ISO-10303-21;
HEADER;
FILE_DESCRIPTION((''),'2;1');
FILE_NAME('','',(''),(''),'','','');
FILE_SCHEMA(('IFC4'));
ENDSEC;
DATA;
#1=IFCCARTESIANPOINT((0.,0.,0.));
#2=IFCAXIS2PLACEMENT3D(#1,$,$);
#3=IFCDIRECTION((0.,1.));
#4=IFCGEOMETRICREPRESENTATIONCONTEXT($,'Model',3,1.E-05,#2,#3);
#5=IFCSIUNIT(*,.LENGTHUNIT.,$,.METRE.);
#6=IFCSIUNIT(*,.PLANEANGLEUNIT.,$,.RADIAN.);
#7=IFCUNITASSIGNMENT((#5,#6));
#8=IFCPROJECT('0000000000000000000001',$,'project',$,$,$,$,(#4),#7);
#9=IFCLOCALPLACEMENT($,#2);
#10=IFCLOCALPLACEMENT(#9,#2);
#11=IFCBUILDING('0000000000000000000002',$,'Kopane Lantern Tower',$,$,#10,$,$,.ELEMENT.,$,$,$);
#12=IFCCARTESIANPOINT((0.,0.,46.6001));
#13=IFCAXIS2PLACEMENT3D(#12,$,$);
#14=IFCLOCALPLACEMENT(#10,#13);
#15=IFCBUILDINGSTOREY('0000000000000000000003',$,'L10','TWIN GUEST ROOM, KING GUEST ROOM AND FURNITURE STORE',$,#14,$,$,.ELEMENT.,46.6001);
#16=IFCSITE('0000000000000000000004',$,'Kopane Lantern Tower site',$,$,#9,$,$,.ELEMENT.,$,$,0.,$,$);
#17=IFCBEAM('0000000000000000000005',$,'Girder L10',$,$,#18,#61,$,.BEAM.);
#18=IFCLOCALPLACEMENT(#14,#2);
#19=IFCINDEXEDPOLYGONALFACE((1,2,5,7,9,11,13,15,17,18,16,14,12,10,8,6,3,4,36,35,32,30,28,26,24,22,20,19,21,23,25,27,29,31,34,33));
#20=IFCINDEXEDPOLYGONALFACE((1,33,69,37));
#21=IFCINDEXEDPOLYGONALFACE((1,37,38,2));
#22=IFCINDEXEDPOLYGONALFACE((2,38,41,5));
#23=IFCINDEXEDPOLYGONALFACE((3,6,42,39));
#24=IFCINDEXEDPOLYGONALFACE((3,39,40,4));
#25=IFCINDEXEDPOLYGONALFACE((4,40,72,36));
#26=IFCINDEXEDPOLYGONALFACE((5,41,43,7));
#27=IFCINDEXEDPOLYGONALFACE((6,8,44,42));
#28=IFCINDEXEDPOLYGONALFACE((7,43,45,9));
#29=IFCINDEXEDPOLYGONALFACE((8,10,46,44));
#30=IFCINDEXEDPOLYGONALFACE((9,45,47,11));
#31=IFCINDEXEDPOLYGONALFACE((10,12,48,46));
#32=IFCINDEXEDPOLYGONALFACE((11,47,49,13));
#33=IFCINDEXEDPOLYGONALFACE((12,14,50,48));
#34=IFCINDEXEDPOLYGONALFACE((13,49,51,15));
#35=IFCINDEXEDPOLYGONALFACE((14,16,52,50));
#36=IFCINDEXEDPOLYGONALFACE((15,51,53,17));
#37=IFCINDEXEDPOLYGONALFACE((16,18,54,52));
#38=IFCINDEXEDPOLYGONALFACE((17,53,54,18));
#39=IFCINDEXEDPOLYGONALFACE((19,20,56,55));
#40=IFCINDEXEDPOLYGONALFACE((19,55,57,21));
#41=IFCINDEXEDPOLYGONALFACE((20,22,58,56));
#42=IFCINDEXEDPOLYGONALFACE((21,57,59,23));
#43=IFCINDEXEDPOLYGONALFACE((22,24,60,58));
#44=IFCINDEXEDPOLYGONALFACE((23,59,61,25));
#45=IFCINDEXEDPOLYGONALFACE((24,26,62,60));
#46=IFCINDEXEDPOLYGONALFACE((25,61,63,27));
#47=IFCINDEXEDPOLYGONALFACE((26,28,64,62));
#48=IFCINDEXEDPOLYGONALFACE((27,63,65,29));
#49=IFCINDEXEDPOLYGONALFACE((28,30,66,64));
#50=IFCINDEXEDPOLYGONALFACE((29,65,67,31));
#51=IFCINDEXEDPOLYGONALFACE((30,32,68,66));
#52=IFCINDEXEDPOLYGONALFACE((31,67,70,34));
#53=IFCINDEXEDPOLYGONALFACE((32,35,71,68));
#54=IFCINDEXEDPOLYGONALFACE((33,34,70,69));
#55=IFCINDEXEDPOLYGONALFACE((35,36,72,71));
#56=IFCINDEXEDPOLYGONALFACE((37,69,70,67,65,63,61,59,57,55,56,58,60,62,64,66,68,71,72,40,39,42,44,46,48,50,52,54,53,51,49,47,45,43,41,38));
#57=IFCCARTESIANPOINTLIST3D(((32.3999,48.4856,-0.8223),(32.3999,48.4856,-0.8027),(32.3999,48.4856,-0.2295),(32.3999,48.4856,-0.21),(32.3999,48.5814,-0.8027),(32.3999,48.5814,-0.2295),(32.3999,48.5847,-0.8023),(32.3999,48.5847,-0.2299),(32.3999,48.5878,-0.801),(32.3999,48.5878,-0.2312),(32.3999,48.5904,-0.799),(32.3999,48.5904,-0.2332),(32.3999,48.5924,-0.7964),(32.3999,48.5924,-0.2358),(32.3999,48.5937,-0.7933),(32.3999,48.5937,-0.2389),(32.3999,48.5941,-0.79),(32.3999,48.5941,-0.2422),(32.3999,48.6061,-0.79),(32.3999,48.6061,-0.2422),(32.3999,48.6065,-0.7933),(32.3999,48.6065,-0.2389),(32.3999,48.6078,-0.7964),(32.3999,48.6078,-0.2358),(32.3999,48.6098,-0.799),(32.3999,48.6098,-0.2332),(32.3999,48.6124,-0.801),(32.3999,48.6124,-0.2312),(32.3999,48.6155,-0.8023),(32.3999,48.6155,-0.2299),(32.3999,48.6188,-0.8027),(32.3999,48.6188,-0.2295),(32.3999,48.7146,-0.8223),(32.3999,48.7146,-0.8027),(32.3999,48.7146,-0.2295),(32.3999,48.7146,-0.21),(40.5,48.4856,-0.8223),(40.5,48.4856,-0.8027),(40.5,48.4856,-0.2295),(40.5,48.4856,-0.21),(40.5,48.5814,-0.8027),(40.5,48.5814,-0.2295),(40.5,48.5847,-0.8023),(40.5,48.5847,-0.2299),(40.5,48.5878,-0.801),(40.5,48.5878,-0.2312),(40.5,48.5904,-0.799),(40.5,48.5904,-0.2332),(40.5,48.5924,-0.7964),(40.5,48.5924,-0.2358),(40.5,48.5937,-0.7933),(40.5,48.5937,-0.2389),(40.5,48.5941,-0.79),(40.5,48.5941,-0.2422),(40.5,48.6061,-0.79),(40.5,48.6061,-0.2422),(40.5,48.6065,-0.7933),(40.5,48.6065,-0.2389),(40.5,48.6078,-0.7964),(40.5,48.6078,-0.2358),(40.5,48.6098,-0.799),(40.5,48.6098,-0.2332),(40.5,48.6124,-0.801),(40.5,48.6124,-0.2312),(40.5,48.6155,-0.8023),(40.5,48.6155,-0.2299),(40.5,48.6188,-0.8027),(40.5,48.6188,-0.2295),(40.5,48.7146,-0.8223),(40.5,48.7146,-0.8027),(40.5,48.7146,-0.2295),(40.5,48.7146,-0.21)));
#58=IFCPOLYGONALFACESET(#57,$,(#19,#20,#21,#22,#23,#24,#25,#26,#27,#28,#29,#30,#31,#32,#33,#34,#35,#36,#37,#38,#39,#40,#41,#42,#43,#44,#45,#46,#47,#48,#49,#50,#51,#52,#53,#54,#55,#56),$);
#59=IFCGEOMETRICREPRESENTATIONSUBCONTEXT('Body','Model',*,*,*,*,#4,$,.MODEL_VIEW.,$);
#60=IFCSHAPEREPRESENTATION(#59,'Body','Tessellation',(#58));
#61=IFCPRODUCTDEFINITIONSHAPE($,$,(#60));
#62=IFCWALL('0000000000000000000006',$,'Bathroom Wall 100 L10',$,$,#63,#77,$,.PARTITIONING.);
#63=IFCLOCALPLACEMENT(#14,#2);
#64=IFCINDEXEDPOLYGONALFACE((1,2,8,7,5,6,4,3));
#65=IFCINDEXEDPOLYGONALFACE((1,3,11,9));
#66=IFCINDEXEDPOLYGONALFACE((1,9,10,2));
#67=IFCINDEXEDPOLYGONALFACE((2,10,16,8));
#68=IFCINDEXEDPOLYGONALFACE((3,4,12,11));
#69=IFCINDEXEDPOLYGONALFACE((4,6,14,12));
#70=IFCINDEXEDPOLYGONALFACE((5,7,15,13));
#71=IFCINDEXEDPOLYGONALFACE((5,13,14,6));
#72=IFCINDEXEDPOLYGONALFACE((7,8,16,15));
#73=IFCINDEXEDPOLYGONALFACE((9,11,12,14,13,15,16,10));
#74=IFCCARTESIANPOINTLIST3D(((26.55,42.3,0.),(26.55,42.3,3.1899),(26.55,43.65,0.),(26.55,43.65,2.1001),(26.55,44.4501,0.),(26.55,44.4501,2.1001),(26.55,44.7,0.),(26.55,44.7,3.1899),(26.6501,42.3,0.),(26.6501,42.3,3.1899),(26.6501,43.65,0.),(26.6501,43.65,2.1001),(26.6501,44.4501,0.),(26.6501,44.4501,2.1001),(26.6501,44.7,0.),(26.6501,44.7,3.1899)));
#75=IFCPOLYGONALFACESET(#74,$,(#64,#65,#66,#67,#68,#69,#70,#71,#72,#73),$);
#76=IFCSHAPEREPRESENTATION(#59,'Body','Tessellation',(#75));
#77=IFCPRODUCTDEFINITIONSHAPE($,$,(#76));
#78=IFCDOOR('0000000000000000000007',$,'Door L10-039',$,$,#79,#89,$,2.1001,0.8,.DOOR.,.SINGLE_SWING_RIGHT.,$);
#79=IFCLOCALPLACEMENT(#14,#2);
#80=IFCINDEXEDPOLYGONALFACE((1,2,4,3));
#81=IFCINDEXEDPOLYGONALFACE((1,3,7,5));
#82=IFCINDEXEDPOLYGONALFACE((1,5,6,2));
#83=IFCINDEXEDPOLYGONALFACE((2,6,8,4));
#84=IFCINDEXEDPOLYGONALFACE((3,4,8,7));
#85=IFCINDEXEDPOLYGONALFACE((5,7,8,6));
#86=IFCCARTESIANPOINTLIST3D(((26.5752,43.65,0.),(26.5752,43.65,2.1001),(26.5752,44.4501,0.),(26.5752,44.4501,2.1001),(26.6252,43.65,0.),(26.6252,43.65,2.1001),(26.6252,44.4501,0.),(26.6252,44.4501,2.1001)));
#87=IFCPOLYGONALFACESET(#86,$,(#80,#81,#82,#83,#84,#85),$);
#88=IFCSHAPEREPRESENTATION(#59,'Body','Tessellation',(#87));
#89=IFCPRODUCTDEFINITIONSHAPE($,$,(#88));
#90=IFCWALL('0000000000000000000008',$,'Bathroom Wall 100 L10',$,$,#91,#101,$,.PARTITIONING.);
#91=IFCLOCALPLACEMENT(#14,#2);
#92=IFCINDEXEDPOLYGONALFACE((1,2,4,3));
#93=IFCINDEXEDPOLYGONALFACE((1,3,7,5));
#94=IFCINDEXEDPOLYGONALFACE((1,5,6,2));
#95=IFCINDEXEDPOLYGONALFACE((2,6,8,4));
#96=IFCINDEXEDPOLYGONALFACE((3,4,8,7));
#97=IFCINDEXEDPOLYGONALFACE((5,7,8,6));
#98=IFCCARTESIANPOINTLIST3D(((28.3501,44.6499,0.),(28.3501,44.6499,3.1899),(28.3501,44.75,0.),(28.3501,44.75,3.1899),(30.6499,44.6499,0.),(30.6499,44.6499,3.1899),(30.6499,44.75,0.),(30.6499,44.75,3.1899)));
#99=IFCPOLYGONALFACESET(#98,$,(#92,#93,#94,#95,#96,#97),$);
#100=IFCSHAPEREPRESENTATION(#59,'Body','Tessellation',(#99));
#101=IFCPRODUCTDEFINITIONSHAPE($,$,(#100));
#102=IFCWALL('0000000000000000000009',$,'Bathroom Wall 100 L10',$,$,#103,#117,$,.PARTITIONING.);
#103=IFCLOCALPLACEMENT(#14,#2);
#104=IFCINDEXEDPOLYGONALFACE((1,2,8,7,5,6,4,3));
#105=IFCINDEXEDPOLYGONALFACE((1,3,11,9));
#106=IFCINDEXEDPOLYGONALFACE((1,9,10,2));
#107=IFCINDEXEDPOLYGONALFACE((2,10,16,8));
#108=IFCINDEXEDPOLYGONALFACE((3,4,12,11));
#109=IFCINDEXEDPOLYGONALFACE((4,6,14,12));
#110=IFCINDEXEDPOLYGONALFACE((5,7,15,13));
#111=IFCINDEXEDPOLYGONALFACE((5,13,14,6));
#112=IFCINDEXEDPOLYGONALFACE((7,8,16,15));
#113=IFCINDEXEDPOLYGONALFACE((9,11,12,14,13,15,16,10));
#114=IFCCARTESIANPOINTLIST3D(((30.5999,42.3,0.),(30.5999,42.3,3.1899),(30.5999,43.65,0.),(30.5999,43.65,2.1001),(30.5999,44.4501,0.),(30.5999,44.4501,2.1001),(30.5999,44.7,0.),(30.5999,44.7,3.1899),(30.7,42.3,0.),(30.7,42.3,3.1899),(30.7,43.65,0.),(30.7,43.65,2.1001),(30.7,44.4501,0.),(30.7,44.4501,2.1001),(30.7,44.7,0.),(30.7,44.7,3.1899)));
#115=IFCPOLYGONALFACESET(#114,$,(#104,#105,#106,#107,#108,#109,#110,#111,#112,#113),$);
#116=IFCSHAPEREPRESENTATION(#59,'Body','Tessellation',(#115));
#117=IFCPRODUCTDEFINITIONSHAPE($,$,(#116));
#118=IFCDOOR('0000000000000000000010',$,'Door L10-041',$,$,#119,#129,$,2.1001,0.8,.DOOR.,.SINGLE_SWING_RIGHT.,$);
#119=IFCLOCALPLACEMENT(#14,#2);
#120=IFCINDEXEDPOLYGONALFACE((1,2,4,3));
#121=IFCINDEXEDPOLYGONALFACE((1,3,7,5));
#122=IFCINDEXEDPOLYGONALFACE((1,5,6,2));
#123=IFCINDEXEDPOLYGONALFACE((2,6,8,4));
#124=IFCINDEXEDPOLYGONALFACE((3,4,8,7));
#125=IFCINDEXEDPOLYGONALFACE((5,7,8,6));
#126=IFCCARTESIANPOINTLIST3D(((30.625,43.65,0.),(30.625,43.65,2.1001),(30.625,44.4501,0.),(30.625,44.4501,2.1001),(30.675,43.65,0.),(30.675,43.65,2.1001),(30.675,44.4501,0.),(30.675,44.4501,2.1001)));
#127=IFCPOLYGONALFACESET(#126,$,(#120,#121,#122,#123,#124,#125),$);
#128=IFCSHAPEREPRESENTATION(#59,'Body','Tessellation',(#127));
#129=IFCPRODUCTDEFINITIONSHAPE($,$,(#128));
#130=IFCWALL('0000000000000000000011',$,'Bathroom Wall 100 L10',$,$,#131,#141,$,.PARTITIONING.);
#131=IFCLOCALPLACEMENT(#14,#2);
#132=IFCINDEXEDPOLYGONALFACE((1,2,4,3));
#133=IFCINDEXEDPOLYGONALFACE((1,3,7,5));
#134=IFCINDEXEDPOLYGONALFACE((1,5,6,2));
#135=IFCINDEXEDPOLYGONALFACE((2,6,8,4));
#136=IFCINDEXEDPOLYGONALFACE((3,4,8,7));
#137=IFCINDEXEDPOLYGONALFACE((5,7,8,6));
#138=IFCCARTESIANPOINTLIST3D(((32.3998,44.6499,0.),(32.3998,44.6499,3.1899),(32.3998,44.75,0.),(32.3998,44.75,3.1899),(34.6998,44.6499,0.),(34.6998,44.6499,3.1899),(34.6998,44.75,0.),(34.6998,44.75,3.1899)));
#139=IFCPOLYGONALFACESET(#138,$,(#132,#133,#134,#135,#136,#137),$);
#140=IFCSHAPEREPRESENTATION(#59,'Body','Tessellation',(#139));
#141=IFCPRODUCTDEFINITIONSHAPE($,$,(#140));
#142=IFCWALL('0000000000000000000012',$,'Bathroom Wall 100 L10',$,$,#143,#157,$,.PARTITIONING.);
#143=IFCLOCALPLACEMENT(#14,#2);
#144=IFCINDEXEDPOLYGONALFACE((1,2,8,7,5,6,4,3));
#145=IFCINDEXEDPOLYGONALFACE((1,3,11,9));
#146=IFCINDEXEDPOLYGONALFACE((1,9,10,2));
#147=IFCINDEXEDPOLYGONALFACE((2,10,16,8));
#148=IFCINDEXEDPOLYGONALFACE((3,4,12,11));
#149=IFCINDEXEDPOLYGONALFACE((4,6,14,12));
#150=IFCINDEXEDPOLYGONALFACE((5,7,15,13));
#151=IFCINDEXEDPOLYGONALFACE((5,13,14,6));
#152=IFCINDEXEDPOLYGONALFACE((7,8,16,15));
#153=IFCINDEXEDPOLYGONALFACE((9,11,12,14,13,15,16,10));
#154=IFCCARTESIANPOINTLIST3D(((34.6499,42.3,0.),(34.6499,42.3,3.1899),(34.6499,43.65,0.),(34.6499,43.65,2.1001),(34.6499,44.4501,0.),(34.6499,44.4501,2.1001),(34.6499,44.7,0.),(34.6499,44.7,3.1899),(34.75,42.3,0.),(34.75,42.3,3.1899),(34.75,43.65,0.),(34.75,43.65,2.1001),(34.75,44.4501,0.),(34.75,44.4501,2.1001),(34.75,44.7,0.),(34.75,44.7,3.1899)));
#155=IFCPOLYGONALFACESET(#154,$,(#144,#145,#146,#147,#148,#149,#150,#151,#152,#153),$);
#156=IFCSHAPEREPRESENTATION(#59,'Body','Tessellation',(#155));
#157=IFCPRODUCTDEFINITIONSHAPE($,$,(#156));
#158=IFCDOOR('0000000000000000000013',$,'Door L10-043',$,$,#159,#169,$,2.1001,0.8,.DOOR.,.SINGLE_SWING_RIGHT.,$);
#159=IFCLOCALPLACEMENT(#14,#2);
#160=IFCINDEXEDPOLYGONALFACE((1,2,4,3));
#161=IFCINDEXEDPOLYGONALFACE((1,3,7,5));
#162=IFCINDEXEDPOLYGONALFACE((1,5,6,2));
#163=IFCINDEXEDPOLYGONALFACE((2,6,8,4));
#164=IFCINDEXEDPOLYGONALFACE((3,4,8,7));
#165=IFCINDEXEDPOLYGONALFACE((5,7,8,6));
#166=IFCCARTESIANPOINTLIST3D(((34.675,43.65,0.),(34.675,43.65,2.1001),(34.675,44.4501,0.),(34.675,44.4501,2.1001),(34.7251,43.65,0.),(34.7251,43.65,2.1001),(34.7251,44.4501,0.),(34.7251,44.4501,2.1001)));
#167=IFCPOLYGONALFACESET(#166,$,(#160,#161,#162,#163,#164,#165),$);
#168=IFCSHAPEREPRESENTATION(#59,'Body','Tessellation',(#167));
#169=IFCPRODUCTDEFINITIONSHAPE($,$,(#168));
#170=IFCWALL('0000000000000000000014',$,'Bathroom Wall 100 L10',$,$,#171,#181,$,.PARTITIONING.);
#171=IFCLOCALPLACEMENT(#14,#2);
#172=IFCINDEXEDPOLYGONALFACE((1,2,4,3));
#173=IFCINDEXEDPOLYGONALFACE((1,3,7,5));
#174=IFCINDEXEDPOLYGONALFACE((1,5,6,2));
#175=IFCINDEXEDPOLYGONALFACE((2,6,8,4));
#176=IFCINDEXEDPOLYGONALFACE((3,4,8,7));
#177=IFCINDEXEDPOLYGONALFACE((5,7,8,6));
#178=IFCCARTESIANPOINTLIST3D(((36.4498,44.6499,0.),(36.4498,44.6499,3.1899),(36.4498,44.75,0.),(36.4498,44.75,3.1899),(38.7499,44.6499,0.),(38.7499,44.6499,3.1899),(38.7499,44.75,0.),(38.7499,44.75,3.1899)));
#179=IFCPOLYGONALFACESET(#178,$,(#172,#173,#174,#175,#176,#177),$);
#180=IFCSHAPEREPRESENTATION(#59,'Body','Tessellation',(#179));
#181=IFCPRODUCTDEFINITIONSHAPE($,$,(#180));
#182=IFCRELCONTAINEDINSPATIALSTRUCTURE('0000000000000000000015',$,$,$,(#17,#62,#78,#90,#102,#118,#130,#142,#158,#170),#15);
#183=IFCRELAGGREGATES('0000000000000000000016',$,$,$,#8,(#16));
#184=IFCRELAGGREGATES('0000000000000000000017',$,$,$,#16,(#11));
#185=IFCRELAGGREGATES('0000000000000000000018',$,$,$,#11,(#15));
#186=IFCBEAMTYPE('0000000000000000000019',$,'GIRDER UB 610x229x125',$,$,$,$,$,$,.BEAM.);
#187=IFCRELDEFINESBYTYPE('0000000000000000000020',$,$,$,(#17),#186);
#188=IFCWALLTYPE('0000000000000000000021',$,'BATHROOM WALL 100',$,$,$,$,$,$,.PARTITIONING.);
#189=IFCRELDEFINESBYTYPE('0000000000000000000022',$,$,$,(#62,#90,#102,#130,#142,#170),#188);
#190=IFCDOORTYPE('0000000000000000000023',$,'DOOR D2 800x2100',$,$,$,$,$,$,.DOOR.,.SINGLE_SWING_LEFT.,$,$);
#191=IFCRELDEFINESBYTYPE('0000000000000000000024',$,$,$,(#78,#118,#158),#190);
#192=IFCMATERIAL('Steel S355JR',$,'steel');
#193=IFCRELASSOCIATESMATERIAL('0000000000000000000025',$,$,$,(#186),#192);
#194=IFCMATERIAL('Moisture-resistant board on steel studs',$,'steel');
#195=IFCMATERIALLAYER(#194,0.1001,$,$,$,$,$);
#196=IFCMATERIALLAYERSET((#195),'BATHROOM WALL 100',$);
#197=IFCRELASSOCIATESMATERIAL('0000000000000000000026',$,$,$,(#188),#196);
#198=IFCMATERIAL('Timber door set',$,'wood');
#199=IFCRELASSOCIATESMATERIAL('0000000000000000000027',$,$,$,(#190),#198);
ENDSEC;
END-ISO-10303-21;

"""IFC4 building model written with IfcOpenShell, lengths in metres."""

from ifc_helpers import new_model, si_unit, direction, frame, frame_2d, origin, origin_2d, place, context, subcontext, project, spatial, rectangle, i_section, extrude, material, layer, layer_set, material_profile, profile_set, type_object, element, fill, save


model = new_model("IFC4")

# Units and contexts
model_context = context("Model", 3, precision=1e-05, world=origin(), true_north=direction((0.0, 1.0)))
body_context = subcontext(model_context, "Body", "Model", "MODEL_VIEW")
ifc_project = project(units=[si_unit("LENGTHUNIT", "METRE"), si_unit("PLANEANGLEUNIT", "RADIAN")], contexts=[model_context])

# Site, building, storey
site_placement = place(None, origin())
site = spatial("IfcSite", under=ifc_project, at=site_placement, Name="Kopane Lantern Tower site", CompositionType="ELEMENT", RefElevation=0.0)
building_placement = place(site_placement, origin())
building = spatial("IfcBuilding", under=site, at=building_placement, Name="Kopane Lantern Tower", CompositionType="ELEMENT")
storey_placement = place(building_placement, frame((0.0, 0.0, 46.6001)))
storey = spatial("IfcBuildingStorey", under=building, at=storey_placement, Name="L10", Description="TWIN GUEST ROOM, KING GUEST ROOM AND FURNITURE STORE", CompositionType="ELEMENT", Elevation=46.6001)

# Beam
ifc_material_1 = material(Name="Steel S355JR", Category="steel")
ifc_material_profile_1 = material_profile(ifc_material_1, i_section(OverallWidth=0.229, OverallDepth=0.6123, WebThickness=0.012, FlangeThickness=0.0195, FilletRadius=0.0127, at=origin_2d()), Name="UB 610x229x125")
ifc_profile_set_1 = profile_set([ifc_material_profile_1], Name="Steel S355JR")
beam_type = type_object("IfcBeamType", Name="GIRDER UB 610x229x125", PredefinedType="BEAM", material=ifc_profile_set_1)
for number, where, z_axis, x_axis, name in (
    (1, (32.3999, 48.6001, -0.5161), (1.0, 0.0, 0.0), (0.0, 1.0, 0.0), "Girder L10"),
):
    element("IfcBeam", number, at=place(storey_placement, frame(where, z_axis=z_axis, x_axis=x_axis)), inside=storey, type_object=beam_type, Name=name, PredefinedType="BEAM", context=body_context, shape_type="SweptSolid", body=[
        extrude(i_section(OverallWidth=0.229, OverallDepth=0.6123, WebThickness=0.012, FlangeThickness=0.0195, FilletRadius=0.0127, at=origin_2d()), origin(), (0.0, 0.0, 1.0), 8.1001),
    ])

# Wall, opening, door
ifc_material_2 = material(Name="Moisture-resistant board on steel studs", Category="steel")
ifc_layer_1 = layer(ifc_material_2, 0.1001)
ifc_layer_set_1 = layer_set([ifc_layer_1], Name="BATHROOM WALL 100")
wall_type_1 = type_object("IfcWallType", Name="BATHROOM WALL 100", PredefinedType="PARTITIONING", material=ifc_layer_set_1)
wall_1_placement = place(storey_placement, frame((26.6001, 42.3, 0.0), z_axis=(0.0, 0.0, 1.0), x_axis=(0.0, 1.0, 0.0)))
wall_1 = element("IfcWall", 2, at=wall_1_placement, inside=storey, type_object=wall_type_1, Name="Bathroom Wall 100 L10", PredefinedType="PARTITIONING", context=body_context, shape_type="SweptSolid", body=[
    extrude(rectangle(XDim=2.3999, YDim=0.1001, at=frame_2d((1.2, 0.0))), origin(), (0.0, 0.0, 1.0), 3.1899),
])
opening_1_placement = place(wall_1_placement, frame((1.3501, 0.0, 0.0)))
opening_1 = element("IfcOpeningElement", 3, at=opening_1_placement, cuts=wall_1, PredefinedType="OPENING", context=body_context, shape_type="SweptSolid", body=[
    extrude(rectangle(XDim=0.8, YDim=2.1001, at=frame_2d((0.3999, 1.05))), frame((0.0, 0.0601, 0.0), z_axis=(0.0, -1.0, 0.0), x_axis=(1.0, 0.0, 0.0)), (0.0, 0.0, 1.0), 0.1201),
])
ifc_material_3 = material(Name="Timber door set", Category="wood")
door_type_1 = type_object("IfcDoorType", Name="DOOR D2 800x2100", OperationType="SINGLE_SWING_LEFT", PredefinedType="DOOR", material=ifc_material_3)
door_1_placement = place(opening_1_placement, origin())
door_1 = element("IfcDoor", 4, at=door_1_placement, inside=storey, type_object=door_type_1, Name="Door L10-039", OperationType="SINGLE_SWING_RIGHT", OverallHeight=2.1001, OverallWidth=0.8, PredefinedType="DOOR", context=body_context, shape_type="SweptSolid", body=[
    extrude(rectangle(XDim=0.8, YDim=2.1001, at=frame_2d((0.3999, 1.05))), frame((0.0, 0.0249, 0.0), z_axis=(0.0, -1.0, 0.0), x_axis=(1.0, 0.0, 0.0)), (0.0, 0.0, 1.0), 0.05),
])
fill(opening_1, door_1)

# Wall
wall_2_placement = place(storey_placement, frame((28.3501, 44.7, 0.0), z_axis=(0.0, 0.0, 1.0), x_axis=(1.0, 0.0, 0.0)))
element("IfcWall", 5, at=wall_2_placement, inside=storey, type_object=wall_type_1, Name="Bathroom Wall 100 L10", PredefinedType="PARTITIONING", context=body_context, shape_type="SweptSolid", body=[
    extrude(rectangle(XDim=2.2998, YDim=0.1001, at=frame_2d((1.1499, 0.0))), origin(), (0.0, 0.0, 1.0), 3.1899),
])

# Wall, opening, door
wall_3_placement = place(storey_placement, frame((30.6499, 42.3, 0.0), z_axis=(0.0, 0.0, 1.0), x_axis=(0.0, 1.0, 0.0)))
wall_3 = element("IfcWall", 6, at=wall_3_placement, inside=storey, type_object=wall_type_1, Name="Bathroom Wall 100 L10", PredefinedType="PARTITIONING", context=body_context, shape_type="SweptSolid", body=[
    extrude(rectangle(XDim=2.3999, YDim=0.1001, at=frame_2d((1.2, 0.0))), origin(), (0.0, 0.0, 1.0), 3.1899),
])
opening_2_placement = place(wall_3_placement, frame((1.3501, 0.0, 0.0)))
opening_2 = element("IfcOpeningElement", 7, at=opening_2_placement, cuts=wall_3, PredefinedType="OPENING", context=body_context, shape_type="SweptSolid", body=[
    extrude(rectangle(XDim=0.8, YDim=2.1001, at=frame_2d((0.3999, 1.05))), frame((0.0, 0.0601, 0.0), z_axis=(0.0, -1.0, 0.0), x_axis=(1.0, 0.0, 0.0)), (0.0, 0.0, 1.0), 0.1201),
])
door_2_placement = place(opening_2_placement, origin())
door_2 = element("IfcDoor", 8, at=door_2_placement, inside=storey, type_object=door_type_1, Name="Door L10-041", OperationType="SINGLE_SWING_RIGHT", OverallHeight=2.1001, OverallWidth=0.8, PredefinedType="DOOR", context=body_context, shape_type="SweptSolid", body=[
    extrude(rectangle(XDim=0.8, YDim=2.1001, at=frame_2d((0.3999, 1.05))), frame((0.0, 0.0249, 0.0), z_axis=(0.0, -1.0, 0.0), x_axis=(1.0, 0.0, 0.0)), (0.0, 0.0, 1.0), 0.05),
])
fill(opening_2, door_2)

# Wall
wall_4_placement = place(storey_placement, frame((32.3999, 44.7, 0.0), z_axis=(0.0, 0.0, 1.0), x_axis=(1.0, 0.0, 0.0)))
element("IfcWall", 9, at=wall_4_placement, inside=storey, type_object=wall_type_1, Name="Bathroom Wall 100 L10", PredefinedType="PARTITIONING", context=body_context, shape_type="SweptSolid", body=[
    extrude(rectangle(XDim=2.3, YDim=0.1001, at=frame_2d((1.1499, 0.0))), origin(), (0.0, 0.0, 1.0), 3.1899),
])

# Wall, opening, door
wall_5_placement = place(storey_placement, frame((34.7, 42.3, 0.0), z_axis=(0.0, 0.0, 1.0), x_axis=(0.0, 1.0, 0.0)))
wall_5 = element("IfcWall", 10, at=wall_5_placement, inside=storey, type_object=wall_type_1, Name="Bathroom Wall 100 L10", PredefinedType="PARTITIONING", context=body_context, shape_type="SweptSolid", body=[
    extrude(rectangle(XDim=2.3999, YDim=0.1001, at=frame_2d((1.2, 0.0))), origin(), (0.0, 0.0, 1.0), 3.1899),
])
opening_3_placement = place(wall_5_placement, frame((1.3501, 0.0, 0.0)))
opening_3 = element("IfcOpeningElement", 11, at=opening_3_placement, cuts=wall_5, PredefinedType="OPENING", context=body_context, shape_type="SweptSolid", body=[
    extrude(rectangle(XDim=0.8, YDim=2.1001, at=frame_2d((0.3999, 1.05))), frame((0.0, 0.0601, 0.0), z_axis=(0.0, -1.0, 0.0), x_axis=(1.0, 0.0, 0.0)), (0.0, 0.0, 1.0), 0.1201),
])
door_3_placement = place(opening_3_placement, origin())
door_3 = element("IfcDoor", 12, at=door_3_placement, inside=storey, type_object=door_type_1, Name="Door L10-043", OperationType="SINGLE_SWING_RIGHT", OverallHeight=2.1001, OverallWidth=0.8, PredefinedType="DOOR", context=body_context, shape_type="SweptSolid", body=[
    extrude(rectangle(XDim=0.8, YDim=2.1001, at=frame_2d((0.3999, 1.05))), frame((0.0, 0.0249, 0.0), z_axis=(0.0, -1.0, 0.0), x_axis=(1.0, 0.0, 0.0)), (0.0, 0.0, 1.0), 0.05),
])
fill(opening_3, door_3)

# Wall
wall_6_placement = place(storey_placement, frame((36.45, 44.7, 0.0), z_axis=(0.0, 0.0, 1.0), x_axis=(1.0, 0.0, 0.0)))
element("IfcWall", 13, at=wall_6_placement, inside=storey, type_object=wall_type_1, Name="Bathroom Wall 100 L10", PredefinedType="PARTITIONING", context=body_context, shape_type="SweptSolid", body=[
    extrude(rectangle(XDim=2.3, YDim=0.1001, at=frame_2d((1.1499, 0.0))), origin(), (0.0, 0.0, 1.0), 3.1899),
])

save(model, "model.ifc")
